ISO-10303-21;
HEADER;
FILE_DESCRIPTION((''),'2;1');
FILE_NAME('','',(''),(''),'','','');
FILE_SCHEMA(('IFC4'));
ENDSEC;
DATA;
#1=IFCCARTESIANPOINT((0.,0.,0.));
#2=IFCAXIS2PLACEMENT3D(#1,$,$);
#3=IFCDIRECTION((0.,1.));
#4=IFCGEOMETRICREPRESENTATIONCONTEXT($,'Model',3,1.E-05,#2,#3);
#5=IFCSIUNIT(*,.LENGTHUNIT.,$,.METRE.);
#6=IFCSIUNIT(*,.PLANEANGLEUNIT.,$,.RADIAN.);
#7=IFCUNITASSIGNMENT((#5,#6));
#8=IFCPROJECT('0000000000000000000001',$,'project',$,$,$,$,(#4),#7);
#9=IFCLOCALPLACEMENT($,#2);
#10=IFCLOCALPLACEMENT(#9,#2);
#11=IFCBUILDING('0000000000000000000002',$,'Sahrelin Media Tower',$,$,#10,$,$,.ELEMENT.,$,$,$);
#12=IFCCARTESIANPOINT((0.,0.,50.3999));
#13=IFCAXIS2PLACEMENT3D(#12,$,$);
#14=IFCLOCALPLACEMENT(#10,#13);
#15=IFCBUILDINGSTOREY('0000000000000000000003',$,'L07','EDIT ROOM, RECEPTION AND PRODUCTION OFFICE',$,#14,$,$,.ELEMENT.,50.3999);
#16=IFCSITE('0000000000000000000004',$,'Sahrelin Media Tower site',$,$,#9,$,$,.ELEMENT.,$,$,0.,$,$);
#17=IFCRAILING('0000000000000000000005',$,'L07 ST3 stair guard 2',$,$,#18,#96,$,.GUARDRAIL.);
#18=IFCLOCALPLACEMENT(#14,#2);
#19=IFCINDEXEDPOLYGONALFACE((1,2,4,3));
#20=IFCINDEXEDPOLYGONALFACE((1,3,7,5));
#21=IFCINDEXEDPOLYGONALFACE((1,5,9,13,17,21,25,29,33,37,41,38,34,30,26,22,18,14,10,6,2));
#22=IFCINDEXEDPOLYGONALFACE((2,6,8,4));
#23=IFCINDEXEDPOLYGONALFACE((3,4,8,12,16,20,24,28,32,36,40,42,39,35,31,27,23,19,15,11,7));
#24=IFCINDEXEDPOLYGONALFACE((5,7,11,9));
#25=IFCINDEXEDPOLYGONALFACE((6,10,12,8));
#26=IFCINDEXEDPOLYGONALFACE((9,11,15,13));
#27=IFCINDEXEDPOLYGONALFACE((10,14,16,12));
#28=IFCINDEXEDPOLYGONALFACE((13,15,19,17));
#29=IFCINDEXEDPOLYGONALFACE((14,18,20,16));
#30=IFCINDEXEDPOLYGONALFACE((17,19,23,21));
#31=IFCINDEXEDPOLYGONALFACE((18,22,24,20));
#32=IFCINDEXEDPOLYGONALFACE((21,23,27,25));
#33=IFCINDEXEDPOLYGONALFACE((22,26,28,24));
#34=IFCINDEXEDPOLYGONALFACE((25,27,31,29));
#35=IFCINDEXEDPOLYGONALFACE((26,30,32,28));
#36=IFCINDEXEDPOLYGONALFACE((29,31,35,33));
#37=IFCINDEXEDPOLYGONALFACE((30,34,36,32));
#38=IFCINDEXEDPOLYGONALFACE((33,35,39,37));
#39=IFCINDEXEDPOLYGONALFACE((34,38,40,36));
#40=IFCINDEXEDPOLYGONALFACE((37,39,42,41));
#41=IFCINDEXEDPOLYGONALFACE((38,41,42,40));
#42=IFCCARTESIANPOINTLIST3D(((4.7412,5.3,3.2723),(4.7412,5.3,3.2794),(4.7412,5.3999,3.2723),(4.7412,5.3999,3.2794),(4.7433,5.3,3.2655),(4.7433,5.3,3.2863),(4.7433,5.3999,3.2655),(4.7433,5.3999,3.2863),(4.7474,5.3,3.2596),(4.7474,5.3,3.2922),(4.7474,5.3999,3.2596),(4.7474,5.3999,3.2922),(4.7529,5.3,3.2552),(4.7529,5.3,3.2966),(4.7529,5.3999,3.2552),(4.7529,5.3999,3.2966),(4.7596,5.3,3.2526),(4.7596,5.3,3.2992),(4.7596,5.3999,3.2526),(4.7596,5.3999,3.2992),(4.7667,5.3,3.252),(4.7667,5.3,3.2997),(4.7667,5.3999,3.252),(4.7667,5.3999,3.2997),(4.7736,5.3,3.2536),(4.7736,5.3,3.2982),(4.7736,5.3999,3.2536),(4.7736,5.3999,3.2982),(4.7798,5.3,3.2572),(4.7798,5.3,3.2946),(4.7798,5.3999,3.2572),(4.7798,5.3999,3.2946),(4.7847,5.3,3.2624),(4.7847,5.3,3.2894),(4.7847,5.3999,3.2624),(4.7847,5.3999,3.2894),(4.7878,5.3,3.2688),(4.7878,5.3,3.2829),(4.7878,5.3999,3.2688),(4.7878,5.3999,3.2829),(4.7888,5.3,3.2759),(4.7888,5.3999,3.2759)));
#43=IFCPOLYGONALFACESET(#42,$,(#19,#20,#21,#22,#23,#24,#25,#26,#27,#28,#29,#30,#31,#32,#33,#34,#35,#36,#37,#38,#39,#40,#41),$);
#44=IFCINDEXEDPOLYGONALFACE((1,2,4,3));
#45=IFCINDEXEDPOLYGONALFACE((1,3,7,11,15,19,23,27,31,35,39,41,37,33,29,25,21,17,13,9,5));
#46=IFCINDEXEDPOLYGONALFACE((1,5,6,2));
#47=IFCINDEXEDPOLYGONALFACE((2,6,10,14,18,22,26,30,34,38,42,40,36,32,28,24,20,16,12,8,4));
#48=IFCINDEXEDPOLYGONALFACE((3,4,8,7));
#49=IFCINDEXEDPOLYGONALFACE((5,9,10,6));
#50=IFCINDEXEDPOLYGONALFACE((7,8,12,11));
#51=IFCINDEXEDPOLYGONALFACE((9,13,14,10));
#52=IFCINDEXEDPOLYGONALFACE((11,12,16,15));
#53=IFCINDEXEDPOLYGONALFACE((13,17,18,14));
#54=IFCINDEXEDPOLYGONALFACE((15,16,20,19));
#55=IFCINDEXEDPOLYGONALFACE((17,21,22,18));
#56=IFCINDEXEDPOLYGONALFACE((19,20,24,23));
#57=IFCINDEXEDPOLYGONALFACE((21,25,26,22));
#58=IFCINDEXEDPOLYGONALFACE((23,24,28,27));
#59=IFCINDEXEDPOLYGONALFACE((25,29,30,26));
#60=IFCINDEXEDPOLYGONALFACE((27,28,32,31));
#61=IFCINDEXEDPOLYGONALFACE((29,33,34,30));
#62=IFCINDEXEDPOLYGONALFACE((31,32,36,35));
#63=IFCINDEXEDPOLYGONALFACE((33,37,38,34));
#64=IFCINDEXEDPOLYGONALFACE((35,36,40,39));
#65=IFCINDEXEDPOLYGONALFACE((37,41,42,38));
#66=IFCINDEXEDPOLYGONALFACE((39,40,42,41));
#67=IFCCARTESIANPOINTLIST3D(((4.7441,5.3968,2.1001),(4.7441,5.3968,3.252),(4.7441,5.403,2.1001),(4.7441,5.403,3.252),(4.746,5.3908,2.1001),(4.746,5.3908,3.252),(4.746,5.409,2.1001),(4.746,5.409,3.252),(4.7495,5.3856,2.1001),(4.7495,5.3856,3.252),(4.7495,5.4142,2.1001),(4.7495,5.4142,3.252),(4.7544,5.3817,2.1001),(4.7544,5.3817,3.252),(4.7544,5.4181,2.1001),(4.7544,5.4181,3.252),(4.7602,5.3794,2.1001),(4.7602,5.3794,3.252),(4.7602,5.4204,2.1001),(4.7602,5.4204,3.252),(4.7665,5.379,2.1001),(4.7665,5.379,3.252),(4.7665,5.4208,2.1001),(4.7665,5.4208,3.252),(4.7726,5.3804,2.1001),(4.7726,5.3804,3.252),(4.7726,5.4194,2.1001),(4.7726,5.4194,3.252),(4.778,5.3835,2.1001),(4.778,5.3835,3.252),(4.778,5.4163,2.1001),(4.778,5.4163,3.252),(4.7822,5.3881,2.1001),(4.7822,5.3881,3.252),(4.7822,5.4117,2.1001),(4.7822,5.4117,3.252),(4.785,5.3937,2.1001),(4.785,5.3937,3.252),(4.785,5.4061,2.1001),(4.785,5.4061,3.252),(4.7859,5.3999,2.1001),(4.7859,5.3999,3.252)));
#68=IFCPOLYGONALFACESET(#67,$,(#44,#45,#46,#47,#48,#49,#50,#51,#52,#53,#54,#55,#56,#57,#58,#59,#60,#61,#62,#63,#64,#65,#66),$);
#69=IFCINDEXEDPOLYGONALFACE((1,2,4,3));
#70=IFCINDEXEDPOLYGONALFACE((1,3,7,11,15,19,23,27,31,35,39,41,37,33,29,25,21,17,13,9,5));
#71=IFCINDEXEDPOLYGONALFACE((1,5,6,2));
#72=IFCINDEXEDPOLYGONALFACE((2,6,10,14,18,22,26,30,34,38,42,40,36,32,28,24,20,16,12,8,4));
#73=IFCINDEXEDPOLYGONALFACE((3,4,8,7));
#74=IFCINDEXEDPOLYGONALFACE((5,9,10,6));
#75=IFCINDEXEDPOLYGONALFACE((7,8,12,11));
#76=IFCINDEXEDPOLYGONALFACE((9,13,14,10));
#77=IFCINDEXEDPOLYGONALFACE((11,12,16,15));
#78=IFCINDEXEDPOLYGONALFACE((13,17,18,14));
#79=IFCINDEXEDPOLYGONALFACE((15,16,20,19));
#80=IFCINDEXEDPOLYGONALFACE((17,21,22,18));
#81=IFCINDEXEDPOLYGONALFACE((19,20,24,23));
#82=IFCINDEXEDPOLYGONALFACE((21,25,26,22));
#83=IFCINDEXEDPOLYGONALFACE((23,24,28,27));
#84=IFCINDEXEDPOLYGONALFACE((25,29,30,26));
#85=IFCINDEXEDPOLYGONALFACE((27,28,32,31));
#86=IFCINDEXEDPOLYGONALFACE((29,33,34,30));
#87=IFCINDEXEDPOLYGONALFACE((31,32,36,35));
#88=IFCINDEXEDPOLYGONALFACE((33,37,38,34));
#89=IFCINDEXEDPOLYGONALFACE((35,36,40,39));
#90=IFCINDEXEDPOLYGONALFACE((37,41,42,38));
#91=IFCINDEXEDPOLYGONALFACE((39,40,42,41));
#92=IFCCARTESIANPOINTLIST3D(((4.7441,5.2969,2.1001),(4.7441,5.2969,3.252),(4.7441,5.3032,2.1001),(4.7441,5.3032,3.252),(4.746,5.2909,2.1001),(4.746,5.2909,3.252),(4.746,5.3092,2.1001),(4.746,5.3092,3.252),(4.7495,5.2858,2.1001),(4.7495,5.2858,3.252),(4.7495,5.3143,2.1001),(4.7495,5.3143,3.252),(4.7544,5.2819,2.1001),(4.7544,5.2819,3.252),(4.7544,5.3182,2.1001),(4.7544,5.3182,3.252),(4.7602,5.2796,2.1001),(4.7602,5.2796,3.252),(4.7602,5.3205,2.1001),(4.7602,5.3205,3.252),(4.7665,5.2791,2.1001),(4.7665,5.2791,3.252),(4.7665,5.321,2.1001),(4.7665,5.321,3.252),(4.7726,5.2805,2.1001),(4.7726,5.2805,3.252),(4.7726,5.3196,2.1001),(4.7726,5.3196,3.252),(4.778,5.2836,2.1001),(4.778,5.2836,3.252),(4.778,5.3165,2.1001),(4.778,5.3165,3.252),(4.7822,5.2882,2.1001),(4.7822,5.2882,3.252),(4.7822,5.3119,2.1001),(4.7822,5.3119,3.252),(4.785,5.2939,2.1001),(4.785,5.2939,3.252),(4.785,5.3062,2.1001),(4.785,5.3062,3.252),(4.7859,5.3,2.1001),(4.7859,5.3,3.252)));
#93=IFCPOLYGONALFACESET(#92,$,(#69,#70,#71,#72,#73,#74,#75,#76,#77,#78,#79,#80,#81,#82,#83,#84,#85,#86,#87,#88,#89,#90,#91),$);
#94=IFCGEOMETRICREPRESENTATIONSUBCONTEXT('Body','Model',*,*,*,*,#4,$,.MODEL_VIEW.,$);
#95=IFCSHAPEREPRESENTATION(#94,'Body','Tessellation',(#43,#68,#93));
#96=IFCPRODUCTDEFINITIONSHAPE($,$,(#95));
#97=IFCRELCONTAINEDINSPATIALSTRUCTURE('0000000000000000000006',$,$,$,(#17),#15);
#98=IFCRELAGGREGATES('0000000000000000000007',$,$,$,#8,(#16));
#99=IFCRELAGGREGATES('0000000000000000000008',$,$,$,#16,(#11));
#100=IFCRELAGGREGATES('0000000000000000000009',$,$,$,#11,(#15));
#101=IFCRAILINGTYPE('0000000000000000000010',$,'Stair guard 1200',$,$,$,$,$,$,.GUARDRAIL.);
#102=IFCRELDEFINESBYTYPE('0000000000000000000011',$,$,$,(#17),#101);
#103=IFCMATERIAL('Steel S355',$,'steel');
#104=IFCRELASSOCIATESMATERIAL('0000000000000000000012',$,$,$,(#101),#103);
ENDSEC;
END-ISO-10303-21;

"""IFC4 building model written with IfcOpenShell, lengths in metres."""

from ifc_helpers import new_model, si_unit, direction, frame, origin, origin_2d, place, context, subcontext, project, spatial, circle, extrude, material, type_object, element, save


model = new_model("IFC4")

# Units and contexts
model_context = context("Model", 3, precision=1e-05, world=origin(), true_north=direction((0.0, 1.0)))
body_context = subcontext(model_context, "Body", "Model", "MODEL_VIEW")
ifc_project = project(units=[si_unit("LENGTHUNIT", "METRE"), si_unit("PLANEANGLEUNIT", "RADIAN")], contexts=[model_context])

# Site, building, storey
site_placement = place(None, origin())
site = spatial("IfcSite", under=ifc_project, at=site_placement, Name="Sahrelin Media Tower site", CompositionType="ELEMENT", RefElevation=0.0)
building_placement = place(site_placement, origin())
building = spatial("IfcBuilding", under=site, at=building_placement, Name="Sahrelin Media Tower", CompositionType="ELEMENT")
storey_placement = place(building_placement, frame((0.0, 0.0, 50.3999)))
storey = spatial("IfcBuildingStorey", under=building, at=storey_placement, Name="L07", Description="EDIT ROOM, RECEPTION AND PRODUCTION OFFICE", CompositionType="ELEMENT", Elevation=50.3999)

# Shared definitions
ifc_material_1 = material(Name="Steel S355", Category="steel")

# Railing
railing_type_1 = type_object("IfcRailingType", Name="Stair guard 1200", PredefinedType="GUARDRAIL", material=ifc_material_1)
railing_1_placement = place(storey_placement, frame((4.7649, 5.3999, 2.1001)))
element("IfcRailing", 1, at=railing_1_placement, inside=storey, type_object=railing_type_1, Name="L07 ST3 stair guard 2", PredefinedType="GUARDRAIL", context=body_context, shape_type="SweptSolid", body=[
    extrude(circle(Radius=0.0239, at=origin_2d()), frame((0.0, 0.0, 1.1758), z_axis=(0.0, -1.0, 0.0), x_axis=(1.0, 0.0, 0.0)), (0.0, 0.0, 1.0), 0.0999),
    extrude(circle(Radius=0.021, at=origin_2d()), origin(), (0.0, 0.0, 1.0), 1.1519),
    extrude(circle(Radius=0.021, at=origin_2d()), frame((0.0, -0.0999, 0.0)), (0.0, 0.0, 1.0), 1.1519),
])

save(model, "model.ifc")
